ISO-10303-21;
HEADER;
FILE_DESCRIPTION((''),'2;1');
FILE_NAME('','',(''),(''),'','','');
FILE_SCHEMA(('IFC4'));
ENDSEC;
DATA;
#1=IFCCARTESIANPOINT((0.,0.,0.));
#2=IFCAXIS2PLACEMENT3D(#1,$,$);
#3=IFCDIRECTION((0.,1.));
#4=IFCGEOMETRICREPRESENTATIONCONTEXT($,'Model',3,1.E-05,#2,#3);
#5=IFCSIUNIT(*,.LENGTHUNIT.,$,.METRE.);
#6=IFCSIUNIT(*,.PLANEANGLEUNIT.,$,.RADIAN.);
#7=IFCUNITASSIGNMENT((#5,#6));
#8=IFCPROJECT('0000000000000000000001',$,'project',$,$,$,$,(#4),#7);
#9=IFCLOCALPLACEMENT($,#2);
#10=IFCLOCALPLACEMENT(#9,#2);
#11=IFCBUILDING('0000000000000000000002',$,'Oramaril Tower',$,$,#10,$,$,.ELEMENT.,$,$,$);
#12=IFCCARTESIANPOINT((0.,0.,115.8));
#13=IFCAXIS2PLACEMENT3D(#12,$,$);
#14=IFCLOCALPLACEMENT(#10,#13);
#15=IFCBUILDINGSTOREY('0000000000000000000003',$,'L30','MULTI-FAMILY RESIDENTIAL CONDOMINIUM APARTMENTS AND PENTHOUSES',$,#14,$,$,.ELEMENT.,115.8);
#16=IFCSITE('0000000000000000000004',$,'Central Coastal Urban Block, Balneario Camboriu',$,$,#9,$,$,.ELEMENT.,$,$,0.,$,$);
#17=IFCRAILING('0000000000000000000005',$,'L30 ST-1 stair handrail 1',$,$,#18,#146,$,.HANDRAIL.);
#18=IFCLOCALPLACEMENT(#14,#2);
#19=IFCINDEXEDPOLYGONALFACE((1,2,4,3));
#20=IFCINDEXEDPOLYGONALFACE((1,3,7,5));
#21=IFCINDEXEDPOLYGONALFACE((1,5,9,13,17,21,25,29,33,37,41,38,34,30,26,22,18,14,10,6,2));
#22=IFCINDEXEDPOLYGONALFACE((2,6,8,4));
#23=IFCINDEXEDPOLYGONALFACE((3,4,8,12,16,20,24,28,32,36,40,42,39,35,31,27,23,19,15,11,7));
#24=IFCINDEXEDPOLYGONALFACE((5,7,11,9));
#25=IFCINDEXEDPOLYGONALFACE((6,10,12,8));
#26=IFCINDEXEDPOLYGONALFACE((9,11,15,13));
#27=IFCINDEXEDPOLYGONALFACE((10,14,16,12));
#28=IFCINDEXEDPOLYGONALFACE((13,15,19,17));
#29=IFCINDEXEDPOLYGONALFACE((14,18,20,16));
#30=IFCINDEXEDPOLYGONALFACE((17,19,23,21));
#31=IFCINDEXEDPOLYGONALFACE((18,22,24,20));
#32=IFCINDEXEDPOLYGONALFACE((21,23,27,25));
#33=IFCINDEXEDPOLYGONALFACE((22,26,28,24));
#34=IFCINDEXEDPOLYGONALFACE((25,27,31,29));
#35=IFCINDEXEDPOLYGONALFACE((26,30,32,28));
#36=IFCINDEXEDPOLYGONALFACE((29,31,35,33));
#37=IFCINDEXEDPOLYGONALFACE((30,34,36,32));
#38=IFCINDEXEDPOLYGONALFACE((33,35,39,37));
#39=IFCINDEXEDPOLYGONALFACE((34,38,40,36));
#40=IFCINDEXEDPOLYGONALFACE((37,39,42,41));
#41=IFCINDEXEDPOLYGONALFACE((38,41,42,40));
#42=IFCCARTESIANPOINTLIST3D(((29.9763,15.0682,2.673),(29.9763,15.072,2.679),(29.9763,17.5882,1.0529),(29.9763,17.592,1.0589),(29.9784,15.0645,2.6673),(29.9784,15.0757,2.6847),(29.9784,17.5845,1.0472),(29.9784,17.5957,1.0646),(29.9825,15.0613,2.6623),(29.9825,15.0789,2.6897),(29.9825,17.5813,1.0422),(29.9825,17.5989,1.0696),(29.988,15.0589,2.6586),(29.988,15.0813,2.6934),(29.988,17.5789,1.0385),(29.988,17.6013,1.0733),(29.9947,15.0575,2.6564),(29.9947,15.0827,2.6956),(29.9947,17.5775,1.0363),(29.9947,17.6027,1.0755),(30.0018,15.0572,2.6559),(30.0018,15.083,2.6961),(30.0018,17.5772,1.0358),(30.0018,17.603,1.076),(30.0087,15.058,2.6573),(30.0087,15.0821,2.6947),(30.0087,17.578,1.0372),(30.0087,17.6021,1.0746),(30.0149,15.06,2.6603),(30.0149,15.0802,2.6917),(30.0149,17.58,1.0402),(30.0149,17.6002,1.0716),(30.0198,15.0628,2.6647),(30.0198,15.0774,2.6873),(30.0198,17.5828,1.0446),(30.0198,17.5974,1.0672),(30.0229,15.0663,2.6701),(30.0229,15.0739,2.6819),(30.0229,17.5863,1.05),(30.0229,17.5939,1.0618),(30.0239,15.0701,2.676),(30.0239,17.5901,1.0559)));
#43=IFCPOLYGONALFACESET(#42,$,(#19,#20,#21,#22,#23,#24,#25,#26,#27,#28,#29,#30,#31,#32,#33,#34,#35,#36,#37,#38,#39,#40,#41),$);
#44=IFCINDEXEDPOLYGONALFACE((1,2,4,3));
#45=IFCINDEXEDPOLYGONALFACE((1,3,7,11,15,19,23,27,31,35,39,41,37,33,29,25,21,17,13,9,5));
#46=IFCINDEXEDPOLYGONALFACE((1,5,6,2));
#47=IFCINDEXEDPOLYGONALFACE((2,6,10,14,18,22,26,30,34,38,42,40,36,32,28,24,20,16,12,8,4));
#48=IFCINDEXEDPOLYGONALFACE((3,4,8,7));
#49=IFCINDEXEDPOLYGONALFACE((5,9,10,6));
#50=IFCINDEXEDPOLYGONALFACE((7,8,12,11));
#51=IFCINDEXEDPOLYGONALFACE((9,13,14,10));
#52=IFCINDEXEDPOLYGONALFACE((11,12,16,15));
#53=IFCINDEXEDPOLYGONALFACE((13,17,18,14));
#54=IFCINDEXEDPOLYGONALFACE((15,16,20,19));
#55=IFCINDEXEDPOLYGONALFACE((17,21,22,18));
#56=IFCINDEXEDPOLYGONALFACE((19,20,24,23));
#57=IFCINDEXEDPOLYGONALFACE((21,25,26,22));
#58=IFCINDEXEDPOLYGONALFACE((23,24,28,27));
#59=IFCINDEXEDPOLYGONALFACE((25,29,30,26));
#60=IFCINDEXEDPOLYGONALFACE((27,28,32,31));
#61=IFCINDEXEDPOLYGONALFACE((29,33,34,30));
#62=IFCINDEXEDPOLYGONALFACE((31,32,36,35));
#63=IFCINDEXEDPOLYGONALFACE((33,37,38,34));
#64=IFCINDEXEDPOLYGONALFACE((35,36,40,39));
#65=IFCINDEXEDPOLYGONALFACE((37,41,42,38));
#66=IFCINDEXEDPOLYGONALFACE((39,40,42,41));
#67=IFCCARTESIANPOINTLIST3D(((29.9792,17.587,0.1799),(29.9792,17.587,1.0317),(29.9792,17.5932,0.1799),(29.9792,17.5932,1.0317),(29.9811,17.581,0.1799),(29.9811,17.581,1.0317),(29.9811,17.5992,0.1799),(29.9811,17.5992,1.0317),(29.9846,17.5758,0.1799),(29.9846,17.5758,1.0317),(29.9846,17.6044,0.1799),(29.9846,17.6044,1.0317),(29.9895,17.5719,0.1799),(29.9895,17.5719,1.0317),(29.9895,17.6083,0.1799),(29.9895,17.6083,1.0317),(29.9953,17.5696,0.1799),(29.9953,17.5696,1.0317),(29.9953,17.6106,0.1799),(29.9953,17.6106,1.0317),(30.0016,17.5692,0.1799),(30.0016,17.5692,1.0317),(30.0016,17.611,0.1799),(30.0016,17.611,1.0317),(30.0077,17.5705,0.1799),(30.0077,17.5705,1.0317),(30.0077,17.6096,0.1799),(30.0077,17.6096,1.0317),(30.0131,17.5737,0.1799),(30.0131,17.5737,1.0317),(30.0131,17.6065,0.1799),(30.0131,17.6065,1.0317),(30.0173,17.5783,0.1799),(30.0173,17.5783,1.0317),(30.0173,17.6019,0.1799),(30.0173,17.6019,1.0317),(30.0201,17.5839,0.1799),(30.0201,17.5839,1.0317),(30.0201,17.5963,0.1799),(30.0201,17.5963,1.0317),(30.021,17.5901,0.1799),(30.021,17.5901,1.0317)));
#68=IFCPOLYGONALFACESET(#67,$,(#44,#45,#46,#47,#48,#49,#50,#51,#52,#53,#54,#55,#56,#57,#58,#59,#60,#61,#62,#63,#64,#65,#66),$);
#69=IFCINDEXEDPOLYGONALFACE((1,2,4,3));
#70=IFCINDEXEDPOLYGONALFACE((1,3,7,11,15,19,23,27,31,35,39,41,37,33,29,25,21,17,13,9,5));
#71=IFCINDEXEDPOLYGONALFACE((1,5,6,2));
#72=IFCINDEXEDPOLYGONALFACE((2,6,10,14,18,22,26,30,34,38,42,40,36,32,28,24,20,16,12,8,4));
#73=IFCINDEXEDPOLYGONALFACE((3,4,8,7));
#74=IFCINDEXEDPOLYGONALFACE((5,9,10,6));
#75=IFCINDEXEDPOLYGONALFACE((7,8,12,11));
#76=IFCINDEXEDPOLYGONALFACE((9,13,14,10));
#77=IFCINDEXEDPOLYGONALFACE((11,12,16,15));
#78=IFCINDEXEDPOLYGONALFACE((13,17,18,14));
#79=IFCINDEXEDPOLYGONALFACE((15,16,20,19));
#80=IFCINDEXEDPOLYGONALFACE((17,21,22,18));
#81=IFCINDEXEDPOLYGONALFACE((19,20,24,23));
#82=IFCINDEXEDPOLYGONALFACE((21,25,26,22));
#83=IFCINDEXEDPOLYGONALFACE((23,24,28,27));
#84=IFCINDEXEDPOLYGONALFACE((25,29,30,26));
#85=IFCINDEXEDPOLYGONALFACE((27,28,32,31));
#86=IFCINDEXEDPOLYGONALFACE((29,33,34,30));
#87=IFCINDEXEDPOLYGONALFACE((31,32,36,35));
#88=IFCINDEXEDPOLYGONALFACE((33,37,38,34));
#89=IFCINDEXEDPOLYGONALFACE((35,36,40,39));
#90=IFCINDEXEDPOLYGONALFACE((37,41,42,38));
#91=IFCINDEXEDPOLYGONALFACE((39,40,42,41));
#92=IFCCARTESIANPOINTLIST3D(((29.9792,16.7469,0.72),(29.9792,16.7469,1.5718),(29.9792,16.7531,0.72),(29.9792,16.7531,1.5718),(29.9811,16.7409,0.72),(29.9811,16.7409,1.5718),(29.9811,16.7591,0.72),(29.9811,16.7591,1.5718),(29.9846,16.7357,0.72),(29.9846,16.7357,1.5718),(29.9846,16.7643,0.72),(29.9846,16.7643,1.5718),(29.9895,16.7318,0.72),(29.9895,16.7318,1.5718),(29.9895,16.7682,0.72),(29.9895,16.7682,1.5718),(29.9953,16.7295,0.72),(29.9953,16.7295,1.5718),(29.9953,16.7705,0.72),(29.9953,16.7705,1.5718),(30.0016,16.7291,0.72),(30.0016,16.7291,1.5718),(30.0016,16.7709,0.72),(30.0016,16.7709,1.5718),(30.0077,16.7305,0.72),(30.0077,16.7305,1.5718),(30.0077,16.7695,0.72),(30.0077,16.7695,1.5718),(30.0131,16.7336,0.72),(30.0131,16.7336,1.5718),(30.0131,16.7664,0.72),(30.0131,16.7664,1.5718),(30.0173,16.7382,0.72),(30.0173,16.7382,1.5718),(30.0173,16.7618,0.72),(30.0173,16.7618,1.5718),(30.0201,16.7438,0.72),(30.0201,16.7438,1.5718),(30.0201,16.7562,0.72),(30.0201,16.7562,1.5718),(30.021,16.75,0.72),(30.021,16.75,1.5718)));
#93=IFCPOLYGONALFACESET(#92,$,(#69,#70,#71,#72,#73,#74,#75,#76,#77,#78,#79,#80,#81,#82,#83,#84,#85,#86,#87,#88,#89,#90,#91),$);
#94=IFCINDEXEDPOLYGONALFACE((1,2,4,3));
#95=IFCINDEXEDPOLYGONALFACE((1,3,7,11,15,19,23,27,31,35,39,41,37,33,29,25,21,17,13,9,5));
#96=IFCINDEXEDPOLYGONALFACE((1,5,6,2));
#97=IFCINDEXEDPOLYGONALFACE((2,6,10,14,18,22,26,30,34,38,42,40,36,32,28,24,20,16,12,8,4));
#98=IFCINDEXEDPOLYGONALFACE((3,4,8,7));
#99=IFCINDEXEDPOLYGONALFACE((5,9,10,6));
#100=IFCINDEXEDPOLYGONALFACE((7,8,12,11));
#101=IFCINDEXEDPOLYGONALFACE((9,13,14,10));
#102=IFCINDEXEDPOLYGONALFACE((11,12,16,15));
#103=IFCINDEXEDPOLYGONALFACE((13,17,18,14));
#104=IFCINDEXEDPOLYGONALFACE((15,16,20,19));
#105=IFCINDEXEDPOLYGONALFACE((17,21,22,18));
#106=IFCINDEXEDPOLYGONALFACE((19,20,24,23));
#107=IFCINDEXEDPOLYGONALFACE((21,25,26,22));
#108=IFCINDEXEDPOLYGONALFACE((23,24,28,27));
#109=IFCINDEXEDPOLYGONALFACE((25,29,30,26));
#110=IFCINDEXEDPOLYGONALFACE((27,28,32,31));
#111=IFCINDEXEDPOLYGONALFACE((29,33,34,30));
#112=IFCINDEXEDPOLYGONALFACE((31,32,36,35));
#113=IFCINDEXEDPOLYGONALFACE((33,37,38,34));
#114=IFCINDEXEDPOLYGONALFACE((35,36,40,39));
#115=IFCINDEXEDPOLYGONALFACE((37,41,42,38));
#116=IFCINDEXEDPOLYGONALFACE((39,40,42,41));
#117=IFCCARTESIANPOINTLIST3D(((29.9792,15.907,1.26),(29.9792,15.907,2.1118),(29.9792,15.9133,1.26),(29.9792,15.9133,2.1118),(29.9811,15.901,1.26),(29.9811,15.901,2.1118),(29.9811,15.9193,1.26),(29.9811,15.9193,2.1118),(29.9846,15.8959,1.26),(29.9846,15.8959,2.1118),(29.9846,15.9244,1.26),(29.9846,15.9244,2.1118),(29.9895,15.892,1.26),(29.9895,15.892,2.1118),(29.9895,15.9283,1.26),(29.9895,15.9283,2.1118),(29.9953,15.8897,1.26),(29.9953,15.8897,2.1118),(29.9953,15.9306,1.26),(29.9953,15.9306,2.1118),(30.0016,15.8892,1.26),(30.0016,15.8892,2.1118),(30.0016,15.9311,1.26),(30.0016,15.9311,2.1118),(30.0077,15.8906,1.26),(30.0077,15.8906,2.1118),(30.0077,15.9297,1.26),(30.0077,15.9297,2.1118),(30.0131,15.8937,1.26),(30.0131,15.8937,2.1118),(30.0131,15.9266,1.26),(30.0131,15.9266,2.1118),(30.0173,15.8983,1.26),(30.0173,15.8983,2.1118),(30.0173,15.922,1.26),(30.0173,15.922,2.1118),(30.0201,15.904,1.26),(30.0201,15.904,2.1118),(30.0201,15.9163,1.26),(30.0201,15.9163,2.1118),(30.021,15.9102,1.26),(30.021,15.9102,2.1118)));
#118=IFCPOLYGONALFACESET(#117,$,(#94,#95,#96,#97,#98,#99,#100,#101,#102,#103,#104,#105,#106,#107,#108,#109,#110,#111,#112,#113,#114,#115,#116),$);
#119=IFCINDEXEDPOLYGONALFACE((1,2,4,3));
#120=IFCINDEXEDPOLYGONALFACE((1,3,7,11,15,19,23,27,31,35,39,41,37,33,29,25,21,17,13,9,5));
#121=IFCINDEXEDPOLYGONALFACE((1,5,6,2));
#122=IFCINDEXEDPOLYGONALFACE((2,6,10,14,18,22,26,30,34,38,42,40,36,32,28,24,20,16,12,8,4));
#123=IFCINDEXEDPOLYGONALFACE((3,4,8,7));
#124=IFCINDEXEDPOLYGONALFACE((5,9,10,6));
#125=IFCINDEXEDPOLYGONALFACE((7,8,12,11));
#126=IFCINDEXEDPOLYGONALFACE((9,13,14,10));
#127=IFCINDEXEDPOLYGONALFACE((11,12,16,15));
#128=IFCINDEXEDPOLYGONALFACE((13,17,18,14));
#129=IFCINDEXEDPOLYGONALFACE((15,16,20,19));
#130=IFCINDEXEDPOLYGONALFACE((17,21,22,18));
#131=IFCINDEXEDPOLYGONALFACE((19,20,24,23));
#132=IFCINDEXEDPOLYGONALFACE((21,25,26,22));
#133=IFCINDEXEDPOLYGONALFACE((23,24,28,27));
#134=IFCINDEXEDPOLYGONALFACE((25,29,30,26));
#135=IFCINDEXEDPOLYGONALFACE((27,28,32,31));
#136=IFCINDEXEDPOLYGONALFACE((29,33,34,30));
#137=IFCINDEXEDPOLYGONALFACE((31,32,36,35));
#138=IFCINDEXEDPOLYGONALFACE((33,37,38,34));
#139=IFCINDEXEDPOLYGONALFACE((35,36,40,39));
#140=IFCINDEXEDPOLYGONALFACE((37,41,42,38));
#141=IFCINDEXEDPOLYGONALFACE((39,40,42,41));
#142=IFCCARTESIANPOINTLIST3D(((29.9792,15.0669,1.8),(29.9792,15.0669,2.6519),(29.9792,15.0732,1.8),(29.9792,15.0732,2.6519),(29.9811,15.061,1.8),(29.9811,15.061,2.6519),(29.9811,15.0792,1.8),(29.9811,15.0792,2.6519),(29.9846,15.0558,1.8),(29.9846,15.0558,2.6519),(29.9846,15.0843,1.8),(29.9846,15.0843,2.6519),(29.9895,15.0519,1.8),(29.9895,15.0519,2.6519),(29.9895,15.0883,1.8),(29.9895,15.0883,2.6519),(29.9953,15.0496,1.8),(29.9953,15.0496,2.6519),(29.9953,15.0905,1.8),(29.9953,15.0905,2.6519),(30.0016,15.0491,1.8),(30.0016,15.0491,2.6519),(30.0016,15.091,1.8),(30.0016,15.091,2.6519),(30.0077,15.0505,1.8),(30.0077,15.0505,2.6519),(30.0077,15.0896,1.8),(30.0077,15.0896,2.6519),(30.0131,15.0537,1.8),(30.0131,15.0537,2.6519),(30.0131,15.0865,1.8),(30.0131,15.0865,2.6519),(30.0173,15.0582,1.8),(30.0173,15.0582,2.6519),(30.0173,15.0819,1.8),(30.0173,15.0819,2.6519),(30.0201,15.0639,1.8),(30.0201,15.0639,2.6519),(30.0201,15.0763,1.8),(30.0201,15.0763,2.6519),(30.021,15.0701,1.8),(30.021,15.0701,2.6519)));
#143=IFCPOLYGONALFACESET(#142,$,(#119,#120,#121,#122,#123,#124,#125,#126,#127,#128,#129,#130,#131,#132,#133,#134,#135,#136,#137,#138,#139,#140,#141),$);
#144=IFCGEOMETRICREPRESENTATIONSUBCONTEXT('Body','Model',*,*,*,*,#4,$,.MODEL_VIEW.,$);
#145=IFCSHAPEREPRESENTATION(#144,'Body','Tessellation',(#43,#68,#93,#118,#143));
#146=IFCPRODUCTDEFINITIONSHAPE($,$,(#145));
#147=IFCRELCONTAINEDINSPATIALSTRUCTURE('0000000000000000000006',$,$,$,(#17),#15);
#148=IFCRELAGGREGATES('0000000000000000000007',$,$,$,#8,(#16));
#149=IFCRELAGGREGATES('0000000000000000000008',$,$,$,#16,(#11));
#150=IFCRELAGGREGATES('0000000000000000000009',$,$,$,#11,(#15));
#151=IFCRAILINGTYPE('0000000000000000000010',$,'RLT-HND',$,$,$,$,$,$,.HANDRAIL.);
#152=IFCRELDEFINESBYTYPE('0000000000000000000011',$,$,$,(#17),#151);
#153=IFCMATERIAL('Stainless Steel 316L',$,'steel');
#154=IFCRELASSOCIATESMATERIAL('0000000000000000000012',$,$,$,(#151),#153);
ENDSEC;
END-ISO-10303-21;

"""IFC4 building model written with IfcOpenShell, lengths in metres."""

from ifc_helpers import new_model, si_unit, direction, frame, origin, origin_2d, place, context, subcontext, project, spatial, circle, extrude, material, type_object, element, save


model = new_model("IFC4")

# Units and contexts
model_context = context("Model", 3, precision=1e-05, world=origin(), true_north=direction((0.0, 1.0)))
body_context = subcontext(model_context, "Body", "Model", "MODEL_VIEW")
ifc_project = project(units=[si_unit("LENGTHUNIT", "METRE"), si_unit("PLANEANGLEUNIT", "RADIAN")], contexts=[model_context])

# Site, building, storey
site_placement = place(None, origin())
site = spatial("IfcSite", under=ifc_project, at=site_placement, Name="Central Coastal Urban Block, Balneario Camboriu", CompositionType="ELEMENT", RefElevation=0.0)
building_placement = place(site_placement, origin())
building = spatial("IfcBuilding", under=site, at=building_placement, Name="Oramaril Tower", CompositionType="ELEMENT")
storey_placement = place(building_placement, frame((0.0, 0.0, 115.8)))
storey = spatial("IfcBuildingStorey", under=building, at=storey_placement, Name="L30", Description="MULTI-FAMILY RESIDENTIAL CONDOMINIUM APARTMENTS AND PENTHOUSES", CompositionType="ELEMENT", Elevation=115.8)

# Railing
ifc_material_1 = material(Name="Stainless Steel 316L", Category="steel")
railing_type_1 = type_object("IfcRailingType", Name="RLT-HND", PredefinedType="HANDRAIL", material=ifc_material_1)
railing_1_placement = place(storey_placement, frame((30.0, 17.5901, 0.1799)))
element("IfcRailing", 1, at=railing_1_placement, inside=storey, type_object=railing_type_1, Name="L30 ST-1 stair handrail 1", PredefinedType="HANDRAIL", context=body_context, shape_type="SweptSolid", body=[
    extrude(circle(Radius=0.0239, at=origin_2d()), frame((0.0, 0.0, 0.876), z_axis=(0.0, -0.841163, 0.540782), x_axis=(1.0, 0.0, 0.0)), (0.0, 0.0, 1.0), 2.9958),
    extrude(circle(Radius=0.021, at=origin_2d()), origin(), (0.0, 0.0, 1.0), 0.8518),
    extrude(circle(Radius=0.021, at=origin_2d()), frame((0.0, -0.8401, 0.54)), (0.0, 0.0, 1.0), 0.8518),
    extrude(circle(Radius=0.021, at=origin_2d()), frame((0.0, -1.6799, 1.0801)), (0.0, 0.0, 1.0), 0.8518),
    extrude(circle(Radius=0.021, at=origin_2d()), frame((0.0, -2.52, 1.6201)), (0.0, 0.0, 1.0), 0.8518),
])

save(model, "model.ifc")
